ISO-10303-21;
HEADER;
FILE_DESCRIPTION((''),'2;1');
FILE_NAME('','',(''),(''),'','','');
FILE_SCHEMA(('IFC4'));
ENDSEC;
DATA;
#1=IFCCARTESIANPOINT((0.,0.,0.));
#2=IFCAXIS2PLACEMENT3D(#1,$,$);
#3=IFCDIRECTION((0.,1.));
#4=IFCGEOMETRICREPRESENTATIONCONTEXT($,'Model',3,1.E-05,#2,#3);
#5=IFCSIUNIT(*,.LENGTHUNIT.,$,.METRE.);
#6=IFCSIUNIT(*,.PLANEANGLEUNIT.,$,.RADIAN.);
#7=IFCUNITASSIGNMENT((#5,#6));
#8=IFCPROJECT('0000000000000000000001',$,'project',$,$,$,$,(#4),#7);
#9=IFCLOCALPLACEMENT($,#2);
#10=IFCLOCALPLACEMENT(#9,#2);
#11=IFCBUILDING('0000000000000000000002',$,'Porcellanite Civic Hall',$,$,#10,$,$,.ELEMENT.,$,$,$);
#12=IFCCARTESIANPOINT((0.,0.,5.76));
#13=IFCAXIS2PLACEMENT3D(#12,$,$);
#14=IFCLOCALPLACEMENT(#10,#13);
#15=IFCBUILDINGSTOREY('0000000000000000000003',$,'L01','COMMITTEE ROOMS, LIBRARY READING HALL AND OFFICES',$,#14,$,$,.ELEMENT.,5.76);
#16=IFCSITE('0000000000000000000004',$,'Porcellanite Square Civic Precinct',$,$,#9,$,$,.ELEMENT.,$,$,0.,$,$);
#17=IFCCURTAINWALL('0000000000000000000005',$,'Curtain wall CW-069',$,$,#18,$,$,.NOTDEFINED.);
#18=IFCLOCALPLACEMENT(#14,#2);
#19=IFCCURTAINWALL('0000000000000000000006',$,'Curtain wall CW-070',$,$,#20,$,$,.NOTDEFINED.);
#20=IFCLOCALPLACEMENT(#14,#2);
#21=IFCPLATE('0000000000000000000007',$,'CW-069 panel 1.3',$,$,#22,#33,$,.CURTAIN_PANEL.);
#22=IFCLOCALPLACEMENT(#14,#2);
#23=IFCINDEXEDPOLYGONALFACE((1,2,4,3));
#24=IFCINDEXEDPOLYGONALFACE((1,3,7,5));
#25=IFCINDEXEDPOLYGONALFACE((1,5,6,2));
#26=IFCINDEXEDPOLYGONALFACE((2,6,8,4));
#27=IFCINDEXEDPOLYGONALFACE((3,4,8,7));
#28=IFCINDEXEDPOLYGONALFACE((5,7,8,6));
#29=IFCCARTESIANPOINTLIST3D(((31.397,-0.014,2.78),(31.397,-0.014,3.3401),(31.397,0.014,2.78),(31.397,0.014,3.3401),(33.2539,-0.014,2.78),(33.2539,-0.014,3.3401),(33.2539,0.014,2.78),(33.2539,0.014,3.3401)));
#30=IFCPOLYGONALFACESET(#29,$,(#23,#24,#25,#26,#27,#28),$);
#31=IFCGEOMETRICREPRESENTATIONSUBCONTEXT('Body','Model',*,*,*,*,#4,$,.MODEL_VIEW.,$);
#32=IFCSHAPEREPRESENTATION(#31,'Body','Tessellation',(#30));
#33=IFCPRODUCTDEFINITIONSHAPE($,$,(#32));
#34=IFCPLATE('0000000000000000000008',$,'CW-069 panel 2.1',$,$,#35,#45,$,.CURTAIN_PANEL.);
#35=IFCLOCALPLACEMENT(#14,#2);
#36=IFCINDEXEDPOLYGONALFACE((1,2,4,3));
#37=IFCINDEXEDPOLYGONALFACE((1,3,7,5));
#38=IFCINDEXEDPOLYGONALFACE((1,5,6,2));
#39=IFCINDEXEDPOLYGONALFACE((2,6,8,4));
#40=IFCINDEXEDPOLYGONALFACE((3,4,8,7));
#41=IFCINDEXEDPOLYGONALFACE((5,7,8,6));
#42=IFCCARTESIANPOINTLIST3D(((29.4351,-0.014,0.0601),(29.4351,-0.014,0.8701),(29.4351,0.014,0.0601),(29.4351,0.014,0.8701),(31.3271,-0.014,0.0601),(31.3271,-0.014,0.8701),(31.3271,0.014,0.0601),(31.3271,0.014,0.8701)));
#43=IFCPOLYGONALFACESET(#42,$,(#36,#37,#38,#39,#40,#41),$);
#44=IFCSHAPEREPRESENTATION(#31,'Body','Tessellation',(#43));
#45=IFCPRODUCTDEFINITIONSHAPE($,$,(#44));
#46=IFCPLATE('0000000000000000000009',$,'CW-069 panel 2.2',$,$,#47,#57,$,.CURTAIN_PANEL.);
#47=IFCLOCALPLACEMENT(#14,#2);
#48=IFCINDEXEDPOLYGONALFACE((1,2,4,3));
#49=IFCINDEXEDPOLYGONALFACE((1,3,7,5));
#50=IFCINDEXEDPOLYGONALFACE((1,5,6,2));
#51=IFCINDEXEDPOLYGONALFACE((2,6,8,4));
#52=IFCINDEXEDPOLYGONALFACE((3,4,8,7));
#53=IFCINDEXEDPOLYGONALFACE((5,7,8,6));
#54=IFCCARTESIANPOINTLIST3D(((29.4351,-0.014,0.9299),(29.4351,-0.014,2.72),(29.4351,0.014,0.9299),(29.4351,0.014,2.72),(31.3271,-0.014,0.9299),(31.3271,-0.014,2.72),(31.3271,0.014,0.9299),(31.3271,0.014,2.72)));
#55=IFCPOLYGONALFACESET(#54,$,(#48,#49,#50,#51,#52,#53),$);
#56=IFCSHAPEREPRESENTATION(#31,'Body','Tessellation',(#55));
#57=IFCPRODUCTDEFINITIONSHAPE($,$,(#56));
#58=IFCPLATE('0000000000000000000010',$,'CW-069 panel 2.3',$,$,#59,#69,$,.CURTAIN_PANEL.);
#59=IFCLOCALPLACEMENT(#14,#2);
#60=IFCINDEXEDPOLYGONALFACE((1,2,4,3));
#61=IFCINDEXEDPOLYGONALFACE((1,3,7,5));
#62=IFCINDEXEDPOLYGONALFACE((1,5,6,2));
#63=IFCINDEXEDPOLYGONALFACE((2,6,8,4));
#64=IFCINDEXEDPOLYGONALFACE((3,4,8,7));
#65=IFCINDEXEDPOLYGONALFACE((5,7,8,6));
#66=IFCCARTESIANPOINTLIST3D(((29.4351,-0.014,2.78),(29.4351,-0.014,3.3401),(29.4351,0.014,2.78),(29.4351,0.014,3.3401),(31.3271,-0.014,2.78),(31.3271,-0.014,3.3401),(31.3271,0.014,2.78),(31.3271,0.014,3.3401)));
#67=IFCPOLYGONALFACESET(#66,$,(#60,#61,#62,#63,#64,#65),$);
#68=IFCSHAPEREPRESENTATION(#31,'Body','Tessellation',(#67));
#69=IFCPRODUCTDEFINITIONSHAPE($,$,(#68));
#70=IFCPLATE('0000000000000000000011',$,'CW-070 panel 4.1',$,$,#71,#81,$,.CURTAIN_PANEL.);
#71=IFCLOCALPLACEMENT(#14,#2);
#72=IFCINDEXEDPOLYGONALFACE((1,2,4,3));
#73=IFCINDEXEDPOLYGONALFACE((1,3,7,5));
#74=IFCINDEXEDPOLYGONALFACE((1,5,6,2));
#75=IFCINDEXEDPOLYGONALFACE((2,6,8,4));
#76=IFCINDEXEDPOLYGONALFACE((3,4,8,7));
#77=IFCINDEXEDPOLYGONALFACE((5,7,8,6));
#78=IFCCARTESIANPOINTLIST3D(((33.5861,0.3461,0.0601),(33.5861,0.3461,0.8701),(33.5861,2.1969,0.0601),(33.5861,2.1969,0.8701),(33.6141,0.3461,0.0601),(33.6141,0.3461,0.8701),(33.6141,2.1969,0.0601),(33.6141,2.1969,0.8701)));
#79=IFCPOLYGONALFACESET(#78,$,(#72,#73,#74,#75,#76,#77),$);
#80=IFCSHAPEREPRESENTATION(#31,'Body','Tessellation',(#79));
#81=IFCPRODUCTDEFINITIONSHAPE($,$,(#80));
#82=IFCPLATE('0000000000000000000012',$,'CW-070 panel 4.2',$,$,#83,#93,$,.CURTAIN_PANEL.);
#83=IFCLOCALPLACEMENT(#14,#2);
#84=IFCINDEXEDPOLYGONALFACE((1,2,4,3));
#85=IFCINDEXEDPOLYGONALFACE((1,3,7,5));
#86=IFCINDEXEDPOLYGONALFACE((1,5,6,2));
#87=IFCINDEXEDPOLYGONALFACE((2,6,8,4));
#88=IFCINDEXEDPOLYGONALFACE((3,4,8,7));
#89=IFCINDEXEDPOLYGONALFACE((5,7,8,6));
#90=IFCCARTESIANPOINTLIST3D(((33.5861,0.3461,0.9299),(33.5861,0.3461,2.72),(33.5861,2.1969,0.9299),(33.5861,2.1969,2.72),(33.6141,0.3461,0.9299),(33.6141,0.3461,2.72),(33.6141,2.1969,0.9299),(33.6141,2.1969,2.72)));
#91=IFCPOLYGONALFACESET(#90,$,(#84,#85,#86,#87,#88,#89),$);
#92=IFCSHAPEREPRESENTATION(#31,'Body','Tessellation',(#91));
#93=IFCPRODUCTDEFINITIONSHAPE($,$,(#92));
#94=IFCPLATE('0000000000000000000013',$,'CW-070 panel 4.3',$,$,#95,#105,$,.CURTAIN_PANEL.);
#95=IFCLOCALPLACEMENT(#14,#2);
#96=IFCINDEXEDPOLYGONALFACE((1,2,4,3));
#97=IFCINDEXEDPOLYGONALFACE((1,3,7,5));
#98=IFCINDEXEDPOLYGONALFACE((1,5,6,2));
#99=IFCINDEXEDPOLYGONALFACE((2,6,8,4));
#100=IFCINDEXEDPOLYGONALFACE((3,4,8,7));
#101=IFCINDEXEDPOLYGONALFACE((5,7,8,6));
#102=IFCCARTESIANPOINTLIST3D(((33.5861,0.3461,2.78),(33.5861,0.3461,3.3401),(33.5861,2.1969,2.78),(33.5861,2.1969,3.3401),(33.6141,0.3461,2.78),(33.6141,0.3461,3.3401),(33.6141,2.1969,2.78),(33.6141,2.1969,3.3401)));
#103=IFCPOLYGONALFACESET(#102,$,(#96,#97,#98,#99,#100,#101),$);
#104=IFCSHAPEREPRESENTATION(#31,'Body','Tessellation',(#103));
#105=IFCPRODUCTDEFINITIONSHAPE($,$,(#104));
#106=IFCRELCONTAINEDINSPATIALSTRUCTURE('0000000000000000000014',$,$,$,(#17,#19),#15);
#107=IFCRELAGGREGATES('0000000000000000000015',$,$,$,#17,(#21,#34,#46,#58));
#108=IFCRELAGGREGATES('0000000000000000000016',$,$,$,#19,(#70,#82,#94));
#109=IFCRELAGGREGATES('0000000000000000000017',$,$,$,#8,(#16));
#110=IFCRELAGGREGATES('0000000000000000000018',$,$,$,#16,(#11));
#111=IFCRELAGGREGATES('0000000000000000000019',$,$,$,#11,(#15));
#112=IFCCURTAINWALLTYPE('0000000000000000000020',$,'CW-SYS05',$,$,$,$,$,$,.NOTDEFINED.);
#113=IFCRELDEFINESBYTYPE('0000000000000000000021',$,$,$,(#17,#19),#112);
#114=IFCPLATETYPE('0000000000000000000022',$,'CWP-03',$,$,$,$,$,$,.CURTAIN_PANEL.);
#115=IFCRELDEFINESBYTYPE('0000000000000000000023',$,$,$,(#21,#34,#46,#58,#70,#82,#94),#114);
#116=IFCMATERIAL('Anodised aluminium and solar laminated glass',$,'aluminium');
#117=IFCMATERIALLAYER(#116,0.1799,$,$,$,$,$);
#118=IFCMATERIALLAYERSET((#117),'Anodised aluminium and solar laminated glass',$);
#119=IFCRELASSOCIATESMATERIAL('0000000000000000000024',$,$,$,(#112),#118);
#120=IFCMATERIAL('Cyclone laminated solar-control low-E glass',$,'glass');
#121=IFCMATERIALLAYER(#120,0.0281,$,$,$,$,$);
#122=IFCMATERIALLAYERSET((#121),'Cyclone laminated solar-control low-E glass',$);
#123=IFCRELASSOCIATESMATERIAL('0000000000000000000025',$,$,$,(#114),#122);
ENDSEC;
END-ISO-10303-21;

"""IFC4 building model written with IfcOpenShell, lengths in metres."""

from ifc_helpers import new_model, si_unit, direction, frame, origin, origin_2d, place, context, subcontext, project, spatial, rectangle, extrude, material, layer, layer_set, type_object, element, aggregate, save


model = new_model("IFC4")

# Units and contexts
model_context = context("Model", 3, precision=1e-05, world=origin(), true_north=direction((0.0, 1.0)))
body_context = subcontext(model_context, "Body", "Model", "MODEL_VIEW")
ifc_project = project(units=[si_unit("LENGTHUNIT", "METRE"), si_unit("PLANEANGLEUNIT", "RADIAN")], contexts=[model_context])

# Site, building, storey
site_placement = place(None, origin())
site = spatial("IfcSite", under=ifc_project, at=site_placement, Name="Porcellanite Square Civic Precinct", CompositionType="ELEMENT", RefElevation=0.0)
building_placement = place(site_placement, origin())
building = spatial("IfcBuilding", under=site, at=building_placement, Name="Porcellanite Civic Hall", CompositionType="ELEMENT")
storey_placement = place(building_placement, frame((0.0, 0.0, 5.76)))
storey = spatial("IfcBuildingStorey", under=building, at=storey_placement, Name="L01", Description="COMMITTEE ROOMS, LIBRARY READING HALL AND OFFICES", CompositionType="ELEMENT", Elevation=5.76)

# Curtain walls
ifc_material_1 = material(Name="Anodised aluminium and solar laminated glass", Category="aluminium")
ifc_layer_1 = layer(ifc_material_1, 0.1799)
ifc_layer_set_1 = layer_set([ifc_layer_1], Name="Anodised aluminium and solar laminated glass")
curtain_wall_type = type_object("IfcCurtainWallType", Name="CW-SYS05", PredefinedType="NOTDEFINED", material=ifc_layer_set_1)
curtain_wall_1_placement = place(storey_placement, origin())
curtain_wall_1 = element("IfcCurtainWall", 1, at=curtain_wall_1_placement, inside=storey, type_object=curtain_wall_type, Name="Curtain wall CW-069", PredefinedType="NOTDEFINED")
curtain_wall_2_placement = place(storey_placement, origin())
curtain_wall_2 = element("IfcCurtainWall", 2, at=curtain_wall_2_placement, inside=storey, type_object=curtain_wall_type, Name="Curtain wall CW-070", PredefinedType="NOTDEFINED")

# Plates
ifc_material_2 = material(Name="Cyclone laminated solar-control low-E glass", Category="glass")
ifc_layer_2 = layer(ifc_material_2, 0.0281)
ifc_layer_set_2 = layer_set([ifc_layer_2], Name="Cyclone laminated solar-control low-E glass")
plate_type = type_object("IfcPlateType", Name="CWP-03", PredefinedType="CURTAIN_PANEL", material=ifc_layer_set_2)
plate_1_placement = place(storey_placement, frame((32.3254, 0.0, 2.78), z_axis=(0.0, 0.0, 1.0), x_axis=(-1.0, 0.0, 0.0)))
plate_1 = element("IfcPlate", 3, at=plate_1_placement, type_object=plate_type, Name="CW-069 panel 1.3", PredefinedType="CURTAIN_PANEL", context=body_context, shape_type="SweptSolid", body=[
    extrude(rectangle(XDim=1.8569, YDim=0.0281, at=origin_2d()), origin(), (0.0, 0.0, 1.0), 0.5601),
])
plate_2_placement = place(storey_placement, frame((30.3811, 0.0, 0.0601), z_axis=(0.0, 0.0, 1.0), x_axis=(-1.0, 0.0, 0.0)))
plate_2 = element("IfcPlate", 4, at=plate_2_placement, type_object=plate_type, Name="CW-069 panel 2.1", PredefinedType="CURTAIN_PANEL", context=body_context, shape_type="SweptSolid", body=[
    extrude(rectangle(XDim=1.8921, YDim=0.0281, at=origin_2d()), origin(), (0.0, 0.0, 1.0), 0.8101),
])
plate_3_placement = place(storey_placement, frame((30.3811, 0.0, 0.9299), z_axis=(0.0, 0.0, 1.0), x_axis=(-1.0, 0.0, 0.0)))
plate_3 = element("IfcPlate", 5, at=plate_3_placement, type_object=plate_type, Name="CW-069 panel 2.2", PredefinedType="CURTAIN_PANEL", context=body_context, shape_type="SweptSolid", body=[
    extrude(rectangle(XDim=1.8921, YDim=0.0281, at=origin_2d()), origin(), (0.0, 0.0, 1.0), 1.79),
])
plate_4_placement = place(storey_placement, frame((30.3811, 0.0, 2.78), z_axis=(0.0, 0.0, 1.0), x_axis=(-1.0, 0.0, 0.0)))
plate_4 = element("IfcPlate", 6, at=plate_4_placement, type_object=plate_type, Name="CW-069 panel 2.3", PredefinedType="CURTAIN_PANEL", context=body_context, shape_type="SweptSolid", body=[
    extrude(rectangle(XDim=1.8921, YDim=0.0281, at=origin_2d()), origin(), (0.0, 0.0, 1.0), 0.5601),
])
aggregate(curtain_wall_1, [plate_1, plate_2, plate_3, plate_4])
plate_5_placement = place(storey_placement, frame((33.6001, 1.2715, 0.0601), z_axis=(0.0, 0.0, 1.0), x_axis=(0.0, -1.0, 0.0)))
plate_5 = element("IfcPlate", 7, at=plate_5_placement, type_object=plate_type, Name="CW-070 panel 4.1", PredefinedType="CURTAIN_PANEL", context=body_context, shape_type="SweptSolid", body=[
    extrude(rectangle(XDim=1.8508, YDim=0.0281, at=origin_2d()), origin(), (0.0, 0.0, 1.0), 0.8101),
])
plate_6_placement = place(storey_placement, frame((33.6001, 1.2715, 0.9299), z_axis=(0.0, 0.0, 1.0), x_axis=(0.0, -1.0, 0.0)))
plate_6 = element("IfcPlate", 8, at=plate_6_placement, type_object=plate_type, Name="CW-070 panel 4.2", PredefinedType="CURTAIN_PANEL", context=body_context, shape_type="SweptSolid", body=[
    extrude(rectangle(XDim=1.8508, YDim=0.0281, at=origin_2d()), origin(), (0.0, 0.0, 1.0), 1.79),
])
plate_7_placement = place(storey_placement, frame((33.6001, 1.2715, 2.78), z_axis=(0.0, 0.0, 1.0), x_axis=(0.0, -1.0, 0.0)))
plate_7 = element("IfcPlate", 9, at=plate_7_placement, type_object=plate_type, Name="CW-070 panel 4.3", PredefinedType="CURTAIN_PANEL", context=body_context, shape_type="SweptSolid", body=[
    extrude(rectangle(XDim=1.8508, YDim=0.0281, at=origin_2d()), origin(), (0.0, 0.0, 1.0), 0.5601),
])
aggregate(curtain_wall_2, [plate_5, plate_6, plate_7])

save(model, "model.ifc")
